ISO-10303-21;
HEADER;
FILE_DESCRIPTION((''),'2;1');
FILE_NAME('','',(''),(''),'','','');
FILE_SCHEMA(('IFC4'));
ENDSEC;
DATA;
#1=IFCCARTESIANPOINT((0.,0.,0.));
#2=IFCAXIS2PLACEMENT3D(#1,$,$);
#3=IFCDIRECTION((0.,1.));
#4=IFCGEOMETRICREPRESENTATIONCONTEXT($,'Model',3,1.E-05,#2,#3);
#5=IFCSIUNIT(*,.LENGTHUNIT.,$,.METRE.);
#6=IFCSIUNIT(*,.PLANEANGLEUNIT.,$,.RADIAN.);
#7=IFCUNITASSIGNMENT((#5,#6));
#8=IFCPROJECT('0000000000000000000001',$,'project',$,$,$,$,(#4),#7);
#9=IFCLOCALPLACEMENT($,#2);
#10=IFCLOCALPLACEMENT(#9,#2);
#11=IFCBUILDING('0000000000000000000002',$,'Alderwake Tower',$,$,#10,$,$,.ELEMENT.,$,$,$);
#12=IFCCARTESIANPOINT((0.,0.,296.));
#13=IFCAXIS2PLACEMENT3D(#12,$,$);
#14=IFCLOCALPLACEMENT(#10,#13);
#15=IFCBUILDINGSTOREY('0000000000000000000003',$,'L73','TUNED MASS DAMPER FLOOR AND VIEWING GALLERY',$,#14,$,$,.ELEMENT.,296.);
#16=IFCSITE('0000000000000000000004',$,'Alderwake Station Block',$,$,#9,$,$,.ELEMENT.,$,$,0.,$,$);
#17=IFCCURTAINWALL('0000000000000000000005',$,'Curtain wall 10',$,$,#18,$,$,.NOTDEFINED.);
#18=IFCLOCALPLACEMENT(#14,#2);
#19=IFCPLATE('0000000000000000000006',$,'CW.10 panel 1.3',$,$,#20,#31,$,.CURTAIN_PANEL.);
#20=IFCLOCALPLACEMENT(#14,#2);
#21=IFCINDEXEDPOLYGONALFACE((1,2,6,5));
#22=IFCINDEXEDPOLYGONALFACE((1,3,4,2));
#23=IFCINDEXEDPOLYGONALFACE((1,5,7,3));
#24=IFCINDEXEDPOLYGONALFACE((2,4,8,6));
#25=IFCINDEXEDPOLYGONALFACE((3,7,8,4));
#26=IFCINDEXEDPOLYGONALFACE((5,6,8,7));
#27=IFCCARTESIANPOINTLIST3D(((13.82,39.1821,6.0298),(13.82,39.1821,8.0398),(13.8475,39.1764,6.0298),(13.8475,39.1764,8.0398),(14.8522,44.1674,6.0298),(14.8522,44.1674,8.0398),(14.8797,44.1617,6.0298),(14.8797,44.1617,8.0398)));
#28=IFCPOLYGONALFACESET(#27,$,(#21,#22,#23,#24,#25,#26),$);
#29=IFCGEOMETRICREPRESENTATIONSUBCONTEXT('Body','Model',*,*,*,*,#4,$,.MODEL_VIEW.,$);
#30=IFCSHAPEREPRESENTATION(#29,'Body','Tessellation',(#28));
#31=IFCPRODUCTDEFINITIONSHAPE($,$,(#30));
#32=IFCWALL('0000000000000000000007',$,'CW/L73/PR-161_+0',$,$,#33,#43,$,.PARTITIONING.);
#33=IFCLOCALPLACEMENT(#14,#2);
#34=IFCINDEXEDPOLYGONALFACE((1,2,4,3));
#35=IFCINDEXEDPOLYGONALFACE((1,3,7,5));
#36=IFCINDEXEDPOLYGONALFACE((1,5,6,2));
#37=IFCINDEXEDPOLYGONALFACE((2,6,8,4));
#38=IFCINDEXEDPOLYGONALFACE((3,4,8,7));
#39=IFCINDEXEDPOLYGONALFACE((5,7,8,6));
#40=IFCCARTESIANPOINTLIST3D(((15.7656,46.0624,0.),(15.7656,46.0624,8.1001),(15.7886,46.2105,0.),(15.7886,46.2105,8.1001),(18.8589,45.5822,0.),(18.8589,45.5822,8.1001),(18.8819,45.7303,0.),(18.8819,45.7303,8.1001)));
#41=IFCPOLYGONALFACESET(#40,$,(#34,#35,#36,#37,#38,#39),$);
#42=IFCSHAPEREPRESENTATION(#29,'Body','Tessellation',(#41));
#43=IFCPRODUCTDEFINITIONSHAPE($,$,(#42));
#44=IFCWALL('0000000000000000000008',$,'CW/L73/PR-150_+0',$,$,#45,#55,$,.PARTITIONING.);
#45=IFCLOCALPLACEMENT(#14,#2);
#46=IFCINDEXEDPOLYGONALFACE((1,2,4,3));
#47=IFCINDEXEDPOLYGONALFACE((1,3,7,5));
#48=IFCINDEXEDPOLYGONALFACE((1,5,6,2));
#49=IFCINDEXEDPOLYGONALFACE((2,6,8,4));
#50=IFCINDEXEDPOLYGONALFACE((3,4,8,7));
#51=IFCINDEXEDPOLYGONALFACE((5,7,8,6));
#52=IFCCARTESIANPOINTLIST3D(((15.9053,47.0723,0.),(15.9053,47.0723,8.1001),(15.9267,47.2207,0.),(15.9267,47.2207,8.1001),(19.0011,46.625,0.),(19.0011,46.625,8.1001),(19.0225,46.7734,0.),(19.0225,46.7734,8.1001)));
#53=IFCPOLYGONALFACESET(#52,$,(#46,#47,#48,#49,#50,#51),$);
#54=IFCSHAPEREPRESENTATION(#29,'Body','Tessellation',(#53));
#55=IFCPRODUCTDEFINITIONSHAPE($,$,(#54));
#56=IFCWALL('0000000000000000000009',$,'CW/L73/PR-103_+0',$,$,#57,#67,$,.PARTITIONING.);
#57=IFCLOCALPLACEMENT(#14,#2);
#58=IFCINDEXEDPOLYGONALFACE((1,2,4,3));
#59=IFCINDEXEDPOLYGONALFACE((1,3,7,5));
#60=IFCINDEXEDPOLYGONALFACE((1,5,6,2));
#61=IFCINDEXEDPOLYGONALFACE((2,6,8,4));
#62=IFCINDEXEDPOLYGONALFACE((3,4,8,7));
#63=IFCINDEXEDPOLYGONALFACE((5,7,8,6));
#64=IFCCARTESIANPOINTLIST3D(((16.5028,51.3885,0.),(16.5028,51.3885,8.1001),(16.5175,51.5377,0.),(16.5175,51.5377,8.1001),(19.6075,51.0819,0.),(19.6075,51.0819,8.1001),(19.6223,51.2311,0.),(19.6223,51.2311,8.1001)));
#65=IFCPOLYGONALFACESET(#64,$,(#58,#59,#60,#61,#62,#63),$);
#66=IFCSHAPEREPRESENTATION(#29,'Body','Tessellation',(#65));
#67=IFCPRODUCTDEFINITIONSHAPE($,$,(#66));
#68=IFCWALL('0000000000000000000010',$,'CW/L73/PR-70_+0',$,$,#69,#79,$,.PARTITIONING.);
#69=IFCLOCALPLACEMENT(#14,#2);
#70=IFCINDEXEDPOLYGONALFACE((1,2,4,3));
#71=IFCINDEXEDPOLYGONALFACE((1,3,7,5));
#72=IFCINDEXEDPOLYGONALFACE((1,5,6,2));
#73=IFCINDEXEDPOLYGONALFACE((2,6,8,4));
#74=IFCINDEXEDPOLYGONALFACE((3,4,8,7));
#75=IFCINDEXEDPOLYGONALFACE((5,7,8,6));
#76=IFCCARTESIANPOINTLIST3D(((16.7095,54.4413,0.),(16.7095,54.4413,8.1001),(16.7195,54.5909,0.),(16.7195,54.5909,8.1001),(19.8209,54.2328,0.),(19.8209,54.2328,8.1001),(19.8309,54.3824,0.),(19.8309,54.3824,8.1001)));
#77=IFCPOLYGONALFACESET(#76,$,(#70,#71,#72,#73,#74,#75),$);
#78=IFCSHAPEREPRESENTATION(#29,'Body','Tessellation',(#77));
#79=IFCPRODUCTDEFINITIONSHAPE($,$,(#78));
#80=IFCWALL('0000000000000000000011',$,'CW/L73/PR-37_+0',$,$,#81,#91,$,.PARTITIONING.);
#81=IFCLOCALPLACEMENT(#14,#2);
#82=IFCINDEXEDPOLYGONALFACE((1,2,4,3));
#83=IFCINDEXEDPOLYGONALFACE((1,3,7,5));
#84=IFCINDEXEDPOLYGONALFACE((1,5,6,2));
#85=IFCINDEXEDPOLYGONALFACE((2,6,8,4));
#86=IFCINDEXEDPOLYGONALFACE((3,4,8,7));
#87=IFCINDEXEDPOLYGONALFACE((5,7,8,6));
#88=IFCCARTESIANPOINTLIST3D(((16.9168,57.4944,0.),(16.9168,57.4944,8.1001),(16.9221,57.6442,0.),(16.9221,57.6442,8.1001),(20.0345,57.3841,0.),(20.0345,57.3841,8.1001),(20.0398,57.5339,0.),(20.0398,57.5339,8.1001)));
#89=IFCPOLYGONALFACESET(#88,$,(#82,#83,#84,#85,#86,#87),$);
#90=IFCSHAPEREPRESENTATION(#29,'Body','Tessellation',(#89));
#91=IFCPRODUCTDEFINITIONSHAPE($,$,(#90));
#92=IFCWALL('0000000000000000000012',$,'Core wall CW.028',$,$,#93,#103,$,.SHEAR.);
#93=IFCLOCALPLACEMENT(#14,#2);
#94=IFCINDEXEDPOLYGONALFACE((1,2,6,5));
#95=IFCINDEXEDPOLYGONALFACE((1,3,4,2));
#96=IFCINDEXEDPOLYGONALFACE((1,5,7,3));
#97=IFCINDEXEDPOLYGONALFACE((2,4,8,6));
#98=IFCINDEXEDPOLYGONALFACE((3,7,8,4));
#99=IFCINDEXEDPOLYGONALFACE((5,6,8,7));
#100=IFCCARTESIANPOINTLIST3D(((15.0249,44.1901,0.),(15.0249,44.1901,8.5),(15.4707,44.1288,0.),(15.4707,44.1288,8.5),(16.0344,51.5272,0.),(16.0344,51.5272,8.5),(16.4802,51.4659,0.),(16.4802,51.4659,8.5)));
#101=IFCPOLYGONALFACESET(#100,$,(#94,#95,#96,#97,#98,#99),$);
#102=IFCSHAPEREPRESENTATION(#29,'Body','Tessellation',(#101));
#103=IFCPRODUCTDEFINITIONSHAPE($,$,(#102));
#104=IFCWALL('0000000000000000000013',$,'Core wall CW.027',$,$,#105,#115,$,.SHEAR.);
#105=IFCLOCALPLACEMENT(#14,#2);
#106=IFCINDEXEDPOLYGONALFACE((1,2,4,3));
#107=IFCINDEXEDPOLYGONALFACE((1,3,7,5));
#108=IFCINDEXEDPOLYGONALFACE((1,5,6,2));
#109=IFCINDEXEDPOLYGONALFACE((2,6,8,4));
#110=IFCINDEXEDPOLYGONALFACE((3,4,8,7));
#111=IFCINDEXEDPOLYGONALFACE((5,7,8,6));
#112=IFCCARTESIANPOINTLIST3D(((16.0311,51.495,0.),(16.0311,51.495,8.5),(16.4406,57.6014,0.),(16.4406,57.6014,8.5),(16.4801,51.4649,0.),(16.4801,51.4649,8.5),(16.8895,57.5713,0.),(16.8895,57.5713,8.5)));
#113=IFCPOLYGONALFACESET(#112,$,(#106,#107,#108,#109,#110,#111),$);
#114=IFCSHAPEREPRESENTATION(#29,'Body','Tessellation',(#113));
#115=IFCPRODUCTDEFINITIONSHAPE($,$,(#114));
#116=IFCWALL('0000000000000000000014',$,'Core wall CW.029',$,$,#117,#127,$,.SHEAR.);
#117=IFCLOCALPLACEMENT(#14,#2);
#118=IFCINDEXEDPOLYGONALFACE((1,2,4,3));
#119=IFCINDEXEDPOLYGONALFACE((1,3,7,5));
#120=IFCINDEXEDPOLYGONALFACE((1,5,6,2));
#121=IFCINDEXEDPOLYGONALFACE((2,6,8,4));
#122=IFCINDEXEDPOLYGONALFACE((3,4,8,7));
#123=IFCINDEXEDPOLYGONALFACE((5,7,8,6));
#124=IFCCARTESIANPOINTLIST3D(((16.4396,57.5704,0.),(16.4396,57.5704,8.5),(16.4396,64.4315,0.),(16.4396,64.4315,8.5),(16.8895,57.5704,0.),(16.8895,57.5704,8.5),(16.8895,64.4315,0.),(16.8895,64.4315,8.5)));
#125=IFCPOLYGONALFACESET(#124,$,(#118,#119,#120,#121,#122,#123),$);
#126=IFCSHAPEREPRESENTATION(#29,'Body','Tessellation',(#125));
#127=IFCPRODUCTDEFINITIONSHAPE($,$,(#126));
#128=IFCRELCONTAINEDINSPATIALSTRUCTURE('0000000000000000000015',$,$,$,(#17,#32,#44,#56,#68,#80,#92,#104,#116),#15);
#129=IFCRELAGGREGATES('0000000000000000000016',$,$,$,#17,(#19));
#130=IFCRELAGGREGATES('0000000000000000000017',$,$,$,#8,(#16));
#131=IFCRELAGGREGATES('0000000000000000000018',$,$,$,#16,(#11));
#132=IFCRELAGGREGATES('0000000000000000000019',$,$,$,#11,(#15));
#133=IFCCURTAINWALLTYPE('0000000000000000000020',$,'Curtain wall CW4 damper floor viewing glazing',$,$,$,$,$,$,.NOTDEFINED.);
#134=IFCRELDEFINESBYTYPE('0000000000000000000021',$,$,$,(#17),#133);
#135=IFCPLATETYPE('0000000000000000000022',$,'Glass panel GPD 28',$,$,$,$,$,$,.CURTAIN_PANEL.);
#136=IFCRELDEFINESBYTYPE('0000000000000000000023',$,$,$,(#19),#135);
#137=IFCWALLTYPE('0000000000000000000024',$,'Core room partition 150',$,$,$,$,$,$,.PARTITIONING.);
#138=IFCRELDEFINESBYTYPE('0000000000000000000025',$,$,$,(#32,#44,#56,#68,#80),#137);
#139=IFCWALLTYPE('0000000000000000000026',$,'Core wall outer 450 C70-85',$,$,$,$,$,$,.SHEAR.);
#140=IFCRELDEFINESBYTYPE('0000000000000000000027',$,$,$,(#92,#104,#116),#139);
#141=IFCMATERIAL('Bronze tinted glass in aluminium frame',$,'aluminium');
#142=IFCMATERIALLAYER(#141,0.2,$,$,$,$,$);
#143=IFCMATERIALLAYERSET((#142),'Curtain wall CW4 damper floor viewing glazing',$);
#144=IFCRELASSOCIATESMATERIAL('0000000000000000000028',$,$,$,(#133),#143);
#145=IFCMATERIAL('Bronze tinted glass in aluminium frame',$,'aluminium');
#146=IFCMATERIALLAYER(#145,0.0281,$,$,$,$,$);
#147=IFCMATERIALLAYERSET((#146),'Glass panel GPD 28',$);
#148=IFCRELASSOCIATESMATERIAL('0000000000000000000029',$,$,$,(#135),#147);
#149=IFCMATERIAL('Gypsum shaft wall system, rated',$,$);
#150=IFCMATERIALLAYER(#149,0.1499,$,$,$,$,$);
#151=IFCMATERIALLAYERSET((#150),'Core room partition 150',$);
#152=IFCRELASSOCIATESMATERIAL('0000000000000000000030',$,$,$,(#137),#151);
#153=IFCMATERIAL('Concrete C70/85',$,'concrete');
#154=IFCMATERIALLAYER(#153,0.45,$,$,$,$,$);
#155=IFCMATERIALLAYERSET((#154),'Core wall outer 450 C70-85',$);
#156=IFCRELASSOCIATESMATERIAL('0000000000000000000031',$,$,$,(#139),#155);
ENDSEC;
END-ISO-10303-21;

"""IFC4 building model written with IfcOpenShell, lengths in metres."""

from ifc_helpers import new_model, si_unit, direction, frame, frame_2d, origin, origin_2d, place, context, subcontext, project, spatial, rectangle, extrude, material, layer, layer_set, type_object, element, aggregate, save


model = new_model("IFC4")

# Units and contexts
model_context = context("Model", 3, precision=1e-05, world=origin(), true_north=direction((0.0, 1.0)))
body_context = subcontext(model_context, "Body", "Model", "MODEL_VIEW")
ifc_project = project(units=[si_unit("LENGTHUNIT", "METRE"), si_unit("PLANEANGLEUNIT", "RADIAN")], contexts=[model_context])

# Site, building, storey
site_placement = place(None, origin())
site = spatial("IfcSite", under=ifc_project, at=site_placement, Name="Alderwake Station Block", CompositionType="ELEMENT", RefElevation=0.0)
building_placement = place(site_placement, origin())
building = spatial("IfcBuilding", under=site, at=building_placement, Name="Alderwake Tower", CompositionType="ELEMENT")
storey_placement = place(building_placement, frame((0.0, 0.0, 296.0)))
storey = spatial("IfcBuildingStorey", under=building, at=storey_placement, Name="L73", Description="TUNED MASS DAMPER FLOOR AND VIEWING GALLERY", CompositionType="ELEMENT", Elevation=296.0)

# Curtain wall
ifc_material_1 = material(Name="Bronze tinted glass in aluminium frame", Category="aluminium")
ifc_layer_1 = layer(ifc_material_1, 0.2)
ifc_layer_set_1 = layer_set([ifc_layer_1], Name="Curtain wall CW4 damper floor viewing glazing")
curtain_wall_type = type_object("IfcCurtainWallType", Name="Curtain wall CW4 damper floor viewing glazing", PredefinedType="NOTDEFINED", material=ifc_layer_set_1)
curtain_wall_placement = place(storey_placement, origin())
curtain_wall = element("IfcCurtainWall", 1, at=curtain_wall_placement, inside=storey, type_object=curtain_wall_type, Name="Curtain wall 10", PredefinedType="NOTDEFINED")

# Plate
ifc_material_2 = material(Name="Bronze tinted glass in aluminium frame", Category="aluminium")
ifc_layer_2 = layer(ifc_material_2, 0.0281)
ifc_layer_set_2 = layer_set([ifc_layer_2], Name="Glass panel GPD 28")
plate_type = type_object("IfcPlateType", Name="Glass panel GPD 28", PredefinedType="CURTAIN_PANEL", material=ifc_layer_set_2)
plate_1_placement = place(storey_placement, frame((14.3499, 41.6719, 6.0298), z_axis=(0.0, 0.0, 1.0), x_axis=(-0.202758, -0.979229, 0.0)))
plate_1 = element("IfcPlate", 2, at=plate_1_placement, type_object=plate_type, Name="CW.10 panel 1.3", PredefinedType="CURTAIN_PANEL", context=body_context, shape_type="SweptSolid", body=[
    extrude(rectangle(XDim=5.0911, YDim=0.0281, at=origin_2d()), origin(), (0.0, 0.0, 1.0), 2.01),
])
aggregate(curtain_wall, [plate_1])

# Walls
ifc_material_3 = material(Name="Gypsum shaft wall system, rated")
ifc_layer_3 = layer(ifc_material_3, 0.1499)
ifc_layer_set_3 = layer_set([ifc_layer_3], Name="Core room partition 150")
wall_type_1 = type_object("IfcWallType", Name="Core room partition 150", PredefinedType="PARTITIONING", material=ifc_layer_set_3)
wall_1_placement = place(storey_placement, frame((15.7771, 46.1365, 0.0), z_axis=(0.0, 0.0, 1.0), x_axis=(0.988162, -0.153411, 0.0)))
element("IfcWall", 3, at=wall_1_placement, inside=storey, type_object=wall_type_1, Name="CW/L73/PR-161_+0", PredefinedType="PARTITIONING", context=body_context, shape_type="SweptSolid", body=[
    extrude(rectangle(XDim=3.1304, YDim=0.1499, at=frame_2d((1.5652, 0.0))), origin(), (0.0, 0.0, 1.0), 8.1001),
])
wall_2_placement = place(storey_placement, frame((15.916, 47.1465, 0.0), z_axis=(0.0, 0.0, 1.0), x_axis=(0.989723, -0.142995, 0.0)))
element("IfcWall", 4, at=wall_2_placement, inside=storey, type_object=wall_type_1, Name="CW/L73/PR-150_+0", PredefinedType="PARTITIONING", context=body_context, shape_type="SweptSolid", body=[
    extrude(rectangle(XDim=3.1279, YDim=0.1499, at=frame_2d((1.564, 0.0))), origin(), (0.0, 0.0, 1.0), 8.1001),
])
wall_3_placement = place(storey_placement, frame((16.51, 51.4631, 0.0), z_axis=(0.0, 0.0, 1.0), x_axis=(0.995158, -0.098287, 0.0)))
element("IfcWall", 5, at=wall_3_placement, inside=storey, type_object=wall_type_1, Name="CW/L73/PR-103_+0", PredefinedType="PARTITIONING", context=body_context, shape_type="SweptSolid", body=[
    extrude(rectangle(XDim=3.1199, YDim=0.1499, at=frame_2d((1.5601, 0.0))), origin(), (0.0, 0.0, 1.0), 8.1001),
])
wall_4_placement = place(storey_placement, frame((16.7146, 54.5161, 0.0), z_axis=(0.0, 0.0, 1.0), x_axis=(0.997762, -0.066862, 0.0)))
element("IfcWall", 6, at=wall_4_placement, inside=storey, type_object=wall_type_1, Name="CW/L73/PR-70_+0", PredefinedType="PARTITIONING", context=body_context, shape_type="SweptSolid", body=[
    extrude(rectangle(XDim=3.1184, YDim=0.1499, at=frame_2d((1.5591, 0.0))), origin(), (0.0, 0.0, 1.0), 8.1001),
])
wall_5_placement = place(storey_placement, frame((16.9194, 57.5693, 0.0), z_axis=(0.0, 0.0, 1.0), x_axis=(0.999374, -0.035373, 0.0)))
element("IfcWall", 7, at=wall_5_placement, inside=storey, type_object=wall_type_1, Name="CW/L73/PR-37_+0", PredefinedType="PARTITIONING", context=body_context, shape_type="SweptSolid", body=[
    extrude(rectangle(XDim=3.1196, YDim=0.1499, at=frame_2d((1.5598, 0.0))), origin(), (0.0, 0.0, 1.0), 8.1001),
])
ifc_material_4 = material(Name="Concrete C70/85", Category="concrete")
ifc_layer_4 = layer(ifc_material_4, 0.45)
ifc_layer_set_4 = layer_set([ifc_layer_4], Name="Core wall outer 450 C70-85")
wall_type_2 = type_object("IfcWallType", Name="Core wall outer 450 C70-85", PredefinedType="SHEAR", material=ifc_layer_set_4)
wall_6_placement = place(storey_placement, frame((15.2478, 44.1594, 0.0), z_axis=(0.0, 0.0, 1.0), x_axis=(0.136306, 0.990667, 0.0)))
element("IfcWall", 8, at=wall_6_placement, inside=storey, type_object=wall_type_2, Name="Core wall CW.028", PredefinedType="SHEAR", context=body_context, shape_type="SweptSolid", body=[
    extrude(rectangle(XDim=7.4062, YDim=0.45, at=frame_2d((3.7031, 0.0))), origin(), (0.0, 0.0, 1.0), 8.5),
])
wall_7_placement = place(storey_placement, frame((16.2556, 51.48, 0.0), z_axis=(0.0, 0.0, 1.0), x_axis=(0.066898, 0.99776, 0.0)))
element("IfcWall", 9, at=wall_7_placement, inside=storey, type_object=wall_type_2, Name="Core wall CW.027", PredefinedType="SHEAR", context=body_context, shape_type="SweptSolid", body=[
    extrude(rectangle(XDim=6.1201, YDim=0.45, at=frame_2d((3.0601, 0.0))), origin(), (0.0, 0.0, 1.0), 8.5),
])
wall_8_placement = place(storey_placement, frame((16.6646, 57.5703, 0.0), z_axis=(0.0, 0.0, 1.0), x_axis=(0.0, 1.0, 0.0)))
element("IfcWall", 10, at=wall_8_placement, inside=storey, type_object=wall_type_2, Name="Core wall CW.029", PredefinedType="SHEAR", context=body_context, shape_type="SweptSolid", body=[
    extrude(rectangle(XDim=6.8611, YDim=0.45, at=frame_2d((3.4307, 0.0))), origin(), (0.0, 0.0, 1.0), 8.5),
])

save(model, "model.ifc")
